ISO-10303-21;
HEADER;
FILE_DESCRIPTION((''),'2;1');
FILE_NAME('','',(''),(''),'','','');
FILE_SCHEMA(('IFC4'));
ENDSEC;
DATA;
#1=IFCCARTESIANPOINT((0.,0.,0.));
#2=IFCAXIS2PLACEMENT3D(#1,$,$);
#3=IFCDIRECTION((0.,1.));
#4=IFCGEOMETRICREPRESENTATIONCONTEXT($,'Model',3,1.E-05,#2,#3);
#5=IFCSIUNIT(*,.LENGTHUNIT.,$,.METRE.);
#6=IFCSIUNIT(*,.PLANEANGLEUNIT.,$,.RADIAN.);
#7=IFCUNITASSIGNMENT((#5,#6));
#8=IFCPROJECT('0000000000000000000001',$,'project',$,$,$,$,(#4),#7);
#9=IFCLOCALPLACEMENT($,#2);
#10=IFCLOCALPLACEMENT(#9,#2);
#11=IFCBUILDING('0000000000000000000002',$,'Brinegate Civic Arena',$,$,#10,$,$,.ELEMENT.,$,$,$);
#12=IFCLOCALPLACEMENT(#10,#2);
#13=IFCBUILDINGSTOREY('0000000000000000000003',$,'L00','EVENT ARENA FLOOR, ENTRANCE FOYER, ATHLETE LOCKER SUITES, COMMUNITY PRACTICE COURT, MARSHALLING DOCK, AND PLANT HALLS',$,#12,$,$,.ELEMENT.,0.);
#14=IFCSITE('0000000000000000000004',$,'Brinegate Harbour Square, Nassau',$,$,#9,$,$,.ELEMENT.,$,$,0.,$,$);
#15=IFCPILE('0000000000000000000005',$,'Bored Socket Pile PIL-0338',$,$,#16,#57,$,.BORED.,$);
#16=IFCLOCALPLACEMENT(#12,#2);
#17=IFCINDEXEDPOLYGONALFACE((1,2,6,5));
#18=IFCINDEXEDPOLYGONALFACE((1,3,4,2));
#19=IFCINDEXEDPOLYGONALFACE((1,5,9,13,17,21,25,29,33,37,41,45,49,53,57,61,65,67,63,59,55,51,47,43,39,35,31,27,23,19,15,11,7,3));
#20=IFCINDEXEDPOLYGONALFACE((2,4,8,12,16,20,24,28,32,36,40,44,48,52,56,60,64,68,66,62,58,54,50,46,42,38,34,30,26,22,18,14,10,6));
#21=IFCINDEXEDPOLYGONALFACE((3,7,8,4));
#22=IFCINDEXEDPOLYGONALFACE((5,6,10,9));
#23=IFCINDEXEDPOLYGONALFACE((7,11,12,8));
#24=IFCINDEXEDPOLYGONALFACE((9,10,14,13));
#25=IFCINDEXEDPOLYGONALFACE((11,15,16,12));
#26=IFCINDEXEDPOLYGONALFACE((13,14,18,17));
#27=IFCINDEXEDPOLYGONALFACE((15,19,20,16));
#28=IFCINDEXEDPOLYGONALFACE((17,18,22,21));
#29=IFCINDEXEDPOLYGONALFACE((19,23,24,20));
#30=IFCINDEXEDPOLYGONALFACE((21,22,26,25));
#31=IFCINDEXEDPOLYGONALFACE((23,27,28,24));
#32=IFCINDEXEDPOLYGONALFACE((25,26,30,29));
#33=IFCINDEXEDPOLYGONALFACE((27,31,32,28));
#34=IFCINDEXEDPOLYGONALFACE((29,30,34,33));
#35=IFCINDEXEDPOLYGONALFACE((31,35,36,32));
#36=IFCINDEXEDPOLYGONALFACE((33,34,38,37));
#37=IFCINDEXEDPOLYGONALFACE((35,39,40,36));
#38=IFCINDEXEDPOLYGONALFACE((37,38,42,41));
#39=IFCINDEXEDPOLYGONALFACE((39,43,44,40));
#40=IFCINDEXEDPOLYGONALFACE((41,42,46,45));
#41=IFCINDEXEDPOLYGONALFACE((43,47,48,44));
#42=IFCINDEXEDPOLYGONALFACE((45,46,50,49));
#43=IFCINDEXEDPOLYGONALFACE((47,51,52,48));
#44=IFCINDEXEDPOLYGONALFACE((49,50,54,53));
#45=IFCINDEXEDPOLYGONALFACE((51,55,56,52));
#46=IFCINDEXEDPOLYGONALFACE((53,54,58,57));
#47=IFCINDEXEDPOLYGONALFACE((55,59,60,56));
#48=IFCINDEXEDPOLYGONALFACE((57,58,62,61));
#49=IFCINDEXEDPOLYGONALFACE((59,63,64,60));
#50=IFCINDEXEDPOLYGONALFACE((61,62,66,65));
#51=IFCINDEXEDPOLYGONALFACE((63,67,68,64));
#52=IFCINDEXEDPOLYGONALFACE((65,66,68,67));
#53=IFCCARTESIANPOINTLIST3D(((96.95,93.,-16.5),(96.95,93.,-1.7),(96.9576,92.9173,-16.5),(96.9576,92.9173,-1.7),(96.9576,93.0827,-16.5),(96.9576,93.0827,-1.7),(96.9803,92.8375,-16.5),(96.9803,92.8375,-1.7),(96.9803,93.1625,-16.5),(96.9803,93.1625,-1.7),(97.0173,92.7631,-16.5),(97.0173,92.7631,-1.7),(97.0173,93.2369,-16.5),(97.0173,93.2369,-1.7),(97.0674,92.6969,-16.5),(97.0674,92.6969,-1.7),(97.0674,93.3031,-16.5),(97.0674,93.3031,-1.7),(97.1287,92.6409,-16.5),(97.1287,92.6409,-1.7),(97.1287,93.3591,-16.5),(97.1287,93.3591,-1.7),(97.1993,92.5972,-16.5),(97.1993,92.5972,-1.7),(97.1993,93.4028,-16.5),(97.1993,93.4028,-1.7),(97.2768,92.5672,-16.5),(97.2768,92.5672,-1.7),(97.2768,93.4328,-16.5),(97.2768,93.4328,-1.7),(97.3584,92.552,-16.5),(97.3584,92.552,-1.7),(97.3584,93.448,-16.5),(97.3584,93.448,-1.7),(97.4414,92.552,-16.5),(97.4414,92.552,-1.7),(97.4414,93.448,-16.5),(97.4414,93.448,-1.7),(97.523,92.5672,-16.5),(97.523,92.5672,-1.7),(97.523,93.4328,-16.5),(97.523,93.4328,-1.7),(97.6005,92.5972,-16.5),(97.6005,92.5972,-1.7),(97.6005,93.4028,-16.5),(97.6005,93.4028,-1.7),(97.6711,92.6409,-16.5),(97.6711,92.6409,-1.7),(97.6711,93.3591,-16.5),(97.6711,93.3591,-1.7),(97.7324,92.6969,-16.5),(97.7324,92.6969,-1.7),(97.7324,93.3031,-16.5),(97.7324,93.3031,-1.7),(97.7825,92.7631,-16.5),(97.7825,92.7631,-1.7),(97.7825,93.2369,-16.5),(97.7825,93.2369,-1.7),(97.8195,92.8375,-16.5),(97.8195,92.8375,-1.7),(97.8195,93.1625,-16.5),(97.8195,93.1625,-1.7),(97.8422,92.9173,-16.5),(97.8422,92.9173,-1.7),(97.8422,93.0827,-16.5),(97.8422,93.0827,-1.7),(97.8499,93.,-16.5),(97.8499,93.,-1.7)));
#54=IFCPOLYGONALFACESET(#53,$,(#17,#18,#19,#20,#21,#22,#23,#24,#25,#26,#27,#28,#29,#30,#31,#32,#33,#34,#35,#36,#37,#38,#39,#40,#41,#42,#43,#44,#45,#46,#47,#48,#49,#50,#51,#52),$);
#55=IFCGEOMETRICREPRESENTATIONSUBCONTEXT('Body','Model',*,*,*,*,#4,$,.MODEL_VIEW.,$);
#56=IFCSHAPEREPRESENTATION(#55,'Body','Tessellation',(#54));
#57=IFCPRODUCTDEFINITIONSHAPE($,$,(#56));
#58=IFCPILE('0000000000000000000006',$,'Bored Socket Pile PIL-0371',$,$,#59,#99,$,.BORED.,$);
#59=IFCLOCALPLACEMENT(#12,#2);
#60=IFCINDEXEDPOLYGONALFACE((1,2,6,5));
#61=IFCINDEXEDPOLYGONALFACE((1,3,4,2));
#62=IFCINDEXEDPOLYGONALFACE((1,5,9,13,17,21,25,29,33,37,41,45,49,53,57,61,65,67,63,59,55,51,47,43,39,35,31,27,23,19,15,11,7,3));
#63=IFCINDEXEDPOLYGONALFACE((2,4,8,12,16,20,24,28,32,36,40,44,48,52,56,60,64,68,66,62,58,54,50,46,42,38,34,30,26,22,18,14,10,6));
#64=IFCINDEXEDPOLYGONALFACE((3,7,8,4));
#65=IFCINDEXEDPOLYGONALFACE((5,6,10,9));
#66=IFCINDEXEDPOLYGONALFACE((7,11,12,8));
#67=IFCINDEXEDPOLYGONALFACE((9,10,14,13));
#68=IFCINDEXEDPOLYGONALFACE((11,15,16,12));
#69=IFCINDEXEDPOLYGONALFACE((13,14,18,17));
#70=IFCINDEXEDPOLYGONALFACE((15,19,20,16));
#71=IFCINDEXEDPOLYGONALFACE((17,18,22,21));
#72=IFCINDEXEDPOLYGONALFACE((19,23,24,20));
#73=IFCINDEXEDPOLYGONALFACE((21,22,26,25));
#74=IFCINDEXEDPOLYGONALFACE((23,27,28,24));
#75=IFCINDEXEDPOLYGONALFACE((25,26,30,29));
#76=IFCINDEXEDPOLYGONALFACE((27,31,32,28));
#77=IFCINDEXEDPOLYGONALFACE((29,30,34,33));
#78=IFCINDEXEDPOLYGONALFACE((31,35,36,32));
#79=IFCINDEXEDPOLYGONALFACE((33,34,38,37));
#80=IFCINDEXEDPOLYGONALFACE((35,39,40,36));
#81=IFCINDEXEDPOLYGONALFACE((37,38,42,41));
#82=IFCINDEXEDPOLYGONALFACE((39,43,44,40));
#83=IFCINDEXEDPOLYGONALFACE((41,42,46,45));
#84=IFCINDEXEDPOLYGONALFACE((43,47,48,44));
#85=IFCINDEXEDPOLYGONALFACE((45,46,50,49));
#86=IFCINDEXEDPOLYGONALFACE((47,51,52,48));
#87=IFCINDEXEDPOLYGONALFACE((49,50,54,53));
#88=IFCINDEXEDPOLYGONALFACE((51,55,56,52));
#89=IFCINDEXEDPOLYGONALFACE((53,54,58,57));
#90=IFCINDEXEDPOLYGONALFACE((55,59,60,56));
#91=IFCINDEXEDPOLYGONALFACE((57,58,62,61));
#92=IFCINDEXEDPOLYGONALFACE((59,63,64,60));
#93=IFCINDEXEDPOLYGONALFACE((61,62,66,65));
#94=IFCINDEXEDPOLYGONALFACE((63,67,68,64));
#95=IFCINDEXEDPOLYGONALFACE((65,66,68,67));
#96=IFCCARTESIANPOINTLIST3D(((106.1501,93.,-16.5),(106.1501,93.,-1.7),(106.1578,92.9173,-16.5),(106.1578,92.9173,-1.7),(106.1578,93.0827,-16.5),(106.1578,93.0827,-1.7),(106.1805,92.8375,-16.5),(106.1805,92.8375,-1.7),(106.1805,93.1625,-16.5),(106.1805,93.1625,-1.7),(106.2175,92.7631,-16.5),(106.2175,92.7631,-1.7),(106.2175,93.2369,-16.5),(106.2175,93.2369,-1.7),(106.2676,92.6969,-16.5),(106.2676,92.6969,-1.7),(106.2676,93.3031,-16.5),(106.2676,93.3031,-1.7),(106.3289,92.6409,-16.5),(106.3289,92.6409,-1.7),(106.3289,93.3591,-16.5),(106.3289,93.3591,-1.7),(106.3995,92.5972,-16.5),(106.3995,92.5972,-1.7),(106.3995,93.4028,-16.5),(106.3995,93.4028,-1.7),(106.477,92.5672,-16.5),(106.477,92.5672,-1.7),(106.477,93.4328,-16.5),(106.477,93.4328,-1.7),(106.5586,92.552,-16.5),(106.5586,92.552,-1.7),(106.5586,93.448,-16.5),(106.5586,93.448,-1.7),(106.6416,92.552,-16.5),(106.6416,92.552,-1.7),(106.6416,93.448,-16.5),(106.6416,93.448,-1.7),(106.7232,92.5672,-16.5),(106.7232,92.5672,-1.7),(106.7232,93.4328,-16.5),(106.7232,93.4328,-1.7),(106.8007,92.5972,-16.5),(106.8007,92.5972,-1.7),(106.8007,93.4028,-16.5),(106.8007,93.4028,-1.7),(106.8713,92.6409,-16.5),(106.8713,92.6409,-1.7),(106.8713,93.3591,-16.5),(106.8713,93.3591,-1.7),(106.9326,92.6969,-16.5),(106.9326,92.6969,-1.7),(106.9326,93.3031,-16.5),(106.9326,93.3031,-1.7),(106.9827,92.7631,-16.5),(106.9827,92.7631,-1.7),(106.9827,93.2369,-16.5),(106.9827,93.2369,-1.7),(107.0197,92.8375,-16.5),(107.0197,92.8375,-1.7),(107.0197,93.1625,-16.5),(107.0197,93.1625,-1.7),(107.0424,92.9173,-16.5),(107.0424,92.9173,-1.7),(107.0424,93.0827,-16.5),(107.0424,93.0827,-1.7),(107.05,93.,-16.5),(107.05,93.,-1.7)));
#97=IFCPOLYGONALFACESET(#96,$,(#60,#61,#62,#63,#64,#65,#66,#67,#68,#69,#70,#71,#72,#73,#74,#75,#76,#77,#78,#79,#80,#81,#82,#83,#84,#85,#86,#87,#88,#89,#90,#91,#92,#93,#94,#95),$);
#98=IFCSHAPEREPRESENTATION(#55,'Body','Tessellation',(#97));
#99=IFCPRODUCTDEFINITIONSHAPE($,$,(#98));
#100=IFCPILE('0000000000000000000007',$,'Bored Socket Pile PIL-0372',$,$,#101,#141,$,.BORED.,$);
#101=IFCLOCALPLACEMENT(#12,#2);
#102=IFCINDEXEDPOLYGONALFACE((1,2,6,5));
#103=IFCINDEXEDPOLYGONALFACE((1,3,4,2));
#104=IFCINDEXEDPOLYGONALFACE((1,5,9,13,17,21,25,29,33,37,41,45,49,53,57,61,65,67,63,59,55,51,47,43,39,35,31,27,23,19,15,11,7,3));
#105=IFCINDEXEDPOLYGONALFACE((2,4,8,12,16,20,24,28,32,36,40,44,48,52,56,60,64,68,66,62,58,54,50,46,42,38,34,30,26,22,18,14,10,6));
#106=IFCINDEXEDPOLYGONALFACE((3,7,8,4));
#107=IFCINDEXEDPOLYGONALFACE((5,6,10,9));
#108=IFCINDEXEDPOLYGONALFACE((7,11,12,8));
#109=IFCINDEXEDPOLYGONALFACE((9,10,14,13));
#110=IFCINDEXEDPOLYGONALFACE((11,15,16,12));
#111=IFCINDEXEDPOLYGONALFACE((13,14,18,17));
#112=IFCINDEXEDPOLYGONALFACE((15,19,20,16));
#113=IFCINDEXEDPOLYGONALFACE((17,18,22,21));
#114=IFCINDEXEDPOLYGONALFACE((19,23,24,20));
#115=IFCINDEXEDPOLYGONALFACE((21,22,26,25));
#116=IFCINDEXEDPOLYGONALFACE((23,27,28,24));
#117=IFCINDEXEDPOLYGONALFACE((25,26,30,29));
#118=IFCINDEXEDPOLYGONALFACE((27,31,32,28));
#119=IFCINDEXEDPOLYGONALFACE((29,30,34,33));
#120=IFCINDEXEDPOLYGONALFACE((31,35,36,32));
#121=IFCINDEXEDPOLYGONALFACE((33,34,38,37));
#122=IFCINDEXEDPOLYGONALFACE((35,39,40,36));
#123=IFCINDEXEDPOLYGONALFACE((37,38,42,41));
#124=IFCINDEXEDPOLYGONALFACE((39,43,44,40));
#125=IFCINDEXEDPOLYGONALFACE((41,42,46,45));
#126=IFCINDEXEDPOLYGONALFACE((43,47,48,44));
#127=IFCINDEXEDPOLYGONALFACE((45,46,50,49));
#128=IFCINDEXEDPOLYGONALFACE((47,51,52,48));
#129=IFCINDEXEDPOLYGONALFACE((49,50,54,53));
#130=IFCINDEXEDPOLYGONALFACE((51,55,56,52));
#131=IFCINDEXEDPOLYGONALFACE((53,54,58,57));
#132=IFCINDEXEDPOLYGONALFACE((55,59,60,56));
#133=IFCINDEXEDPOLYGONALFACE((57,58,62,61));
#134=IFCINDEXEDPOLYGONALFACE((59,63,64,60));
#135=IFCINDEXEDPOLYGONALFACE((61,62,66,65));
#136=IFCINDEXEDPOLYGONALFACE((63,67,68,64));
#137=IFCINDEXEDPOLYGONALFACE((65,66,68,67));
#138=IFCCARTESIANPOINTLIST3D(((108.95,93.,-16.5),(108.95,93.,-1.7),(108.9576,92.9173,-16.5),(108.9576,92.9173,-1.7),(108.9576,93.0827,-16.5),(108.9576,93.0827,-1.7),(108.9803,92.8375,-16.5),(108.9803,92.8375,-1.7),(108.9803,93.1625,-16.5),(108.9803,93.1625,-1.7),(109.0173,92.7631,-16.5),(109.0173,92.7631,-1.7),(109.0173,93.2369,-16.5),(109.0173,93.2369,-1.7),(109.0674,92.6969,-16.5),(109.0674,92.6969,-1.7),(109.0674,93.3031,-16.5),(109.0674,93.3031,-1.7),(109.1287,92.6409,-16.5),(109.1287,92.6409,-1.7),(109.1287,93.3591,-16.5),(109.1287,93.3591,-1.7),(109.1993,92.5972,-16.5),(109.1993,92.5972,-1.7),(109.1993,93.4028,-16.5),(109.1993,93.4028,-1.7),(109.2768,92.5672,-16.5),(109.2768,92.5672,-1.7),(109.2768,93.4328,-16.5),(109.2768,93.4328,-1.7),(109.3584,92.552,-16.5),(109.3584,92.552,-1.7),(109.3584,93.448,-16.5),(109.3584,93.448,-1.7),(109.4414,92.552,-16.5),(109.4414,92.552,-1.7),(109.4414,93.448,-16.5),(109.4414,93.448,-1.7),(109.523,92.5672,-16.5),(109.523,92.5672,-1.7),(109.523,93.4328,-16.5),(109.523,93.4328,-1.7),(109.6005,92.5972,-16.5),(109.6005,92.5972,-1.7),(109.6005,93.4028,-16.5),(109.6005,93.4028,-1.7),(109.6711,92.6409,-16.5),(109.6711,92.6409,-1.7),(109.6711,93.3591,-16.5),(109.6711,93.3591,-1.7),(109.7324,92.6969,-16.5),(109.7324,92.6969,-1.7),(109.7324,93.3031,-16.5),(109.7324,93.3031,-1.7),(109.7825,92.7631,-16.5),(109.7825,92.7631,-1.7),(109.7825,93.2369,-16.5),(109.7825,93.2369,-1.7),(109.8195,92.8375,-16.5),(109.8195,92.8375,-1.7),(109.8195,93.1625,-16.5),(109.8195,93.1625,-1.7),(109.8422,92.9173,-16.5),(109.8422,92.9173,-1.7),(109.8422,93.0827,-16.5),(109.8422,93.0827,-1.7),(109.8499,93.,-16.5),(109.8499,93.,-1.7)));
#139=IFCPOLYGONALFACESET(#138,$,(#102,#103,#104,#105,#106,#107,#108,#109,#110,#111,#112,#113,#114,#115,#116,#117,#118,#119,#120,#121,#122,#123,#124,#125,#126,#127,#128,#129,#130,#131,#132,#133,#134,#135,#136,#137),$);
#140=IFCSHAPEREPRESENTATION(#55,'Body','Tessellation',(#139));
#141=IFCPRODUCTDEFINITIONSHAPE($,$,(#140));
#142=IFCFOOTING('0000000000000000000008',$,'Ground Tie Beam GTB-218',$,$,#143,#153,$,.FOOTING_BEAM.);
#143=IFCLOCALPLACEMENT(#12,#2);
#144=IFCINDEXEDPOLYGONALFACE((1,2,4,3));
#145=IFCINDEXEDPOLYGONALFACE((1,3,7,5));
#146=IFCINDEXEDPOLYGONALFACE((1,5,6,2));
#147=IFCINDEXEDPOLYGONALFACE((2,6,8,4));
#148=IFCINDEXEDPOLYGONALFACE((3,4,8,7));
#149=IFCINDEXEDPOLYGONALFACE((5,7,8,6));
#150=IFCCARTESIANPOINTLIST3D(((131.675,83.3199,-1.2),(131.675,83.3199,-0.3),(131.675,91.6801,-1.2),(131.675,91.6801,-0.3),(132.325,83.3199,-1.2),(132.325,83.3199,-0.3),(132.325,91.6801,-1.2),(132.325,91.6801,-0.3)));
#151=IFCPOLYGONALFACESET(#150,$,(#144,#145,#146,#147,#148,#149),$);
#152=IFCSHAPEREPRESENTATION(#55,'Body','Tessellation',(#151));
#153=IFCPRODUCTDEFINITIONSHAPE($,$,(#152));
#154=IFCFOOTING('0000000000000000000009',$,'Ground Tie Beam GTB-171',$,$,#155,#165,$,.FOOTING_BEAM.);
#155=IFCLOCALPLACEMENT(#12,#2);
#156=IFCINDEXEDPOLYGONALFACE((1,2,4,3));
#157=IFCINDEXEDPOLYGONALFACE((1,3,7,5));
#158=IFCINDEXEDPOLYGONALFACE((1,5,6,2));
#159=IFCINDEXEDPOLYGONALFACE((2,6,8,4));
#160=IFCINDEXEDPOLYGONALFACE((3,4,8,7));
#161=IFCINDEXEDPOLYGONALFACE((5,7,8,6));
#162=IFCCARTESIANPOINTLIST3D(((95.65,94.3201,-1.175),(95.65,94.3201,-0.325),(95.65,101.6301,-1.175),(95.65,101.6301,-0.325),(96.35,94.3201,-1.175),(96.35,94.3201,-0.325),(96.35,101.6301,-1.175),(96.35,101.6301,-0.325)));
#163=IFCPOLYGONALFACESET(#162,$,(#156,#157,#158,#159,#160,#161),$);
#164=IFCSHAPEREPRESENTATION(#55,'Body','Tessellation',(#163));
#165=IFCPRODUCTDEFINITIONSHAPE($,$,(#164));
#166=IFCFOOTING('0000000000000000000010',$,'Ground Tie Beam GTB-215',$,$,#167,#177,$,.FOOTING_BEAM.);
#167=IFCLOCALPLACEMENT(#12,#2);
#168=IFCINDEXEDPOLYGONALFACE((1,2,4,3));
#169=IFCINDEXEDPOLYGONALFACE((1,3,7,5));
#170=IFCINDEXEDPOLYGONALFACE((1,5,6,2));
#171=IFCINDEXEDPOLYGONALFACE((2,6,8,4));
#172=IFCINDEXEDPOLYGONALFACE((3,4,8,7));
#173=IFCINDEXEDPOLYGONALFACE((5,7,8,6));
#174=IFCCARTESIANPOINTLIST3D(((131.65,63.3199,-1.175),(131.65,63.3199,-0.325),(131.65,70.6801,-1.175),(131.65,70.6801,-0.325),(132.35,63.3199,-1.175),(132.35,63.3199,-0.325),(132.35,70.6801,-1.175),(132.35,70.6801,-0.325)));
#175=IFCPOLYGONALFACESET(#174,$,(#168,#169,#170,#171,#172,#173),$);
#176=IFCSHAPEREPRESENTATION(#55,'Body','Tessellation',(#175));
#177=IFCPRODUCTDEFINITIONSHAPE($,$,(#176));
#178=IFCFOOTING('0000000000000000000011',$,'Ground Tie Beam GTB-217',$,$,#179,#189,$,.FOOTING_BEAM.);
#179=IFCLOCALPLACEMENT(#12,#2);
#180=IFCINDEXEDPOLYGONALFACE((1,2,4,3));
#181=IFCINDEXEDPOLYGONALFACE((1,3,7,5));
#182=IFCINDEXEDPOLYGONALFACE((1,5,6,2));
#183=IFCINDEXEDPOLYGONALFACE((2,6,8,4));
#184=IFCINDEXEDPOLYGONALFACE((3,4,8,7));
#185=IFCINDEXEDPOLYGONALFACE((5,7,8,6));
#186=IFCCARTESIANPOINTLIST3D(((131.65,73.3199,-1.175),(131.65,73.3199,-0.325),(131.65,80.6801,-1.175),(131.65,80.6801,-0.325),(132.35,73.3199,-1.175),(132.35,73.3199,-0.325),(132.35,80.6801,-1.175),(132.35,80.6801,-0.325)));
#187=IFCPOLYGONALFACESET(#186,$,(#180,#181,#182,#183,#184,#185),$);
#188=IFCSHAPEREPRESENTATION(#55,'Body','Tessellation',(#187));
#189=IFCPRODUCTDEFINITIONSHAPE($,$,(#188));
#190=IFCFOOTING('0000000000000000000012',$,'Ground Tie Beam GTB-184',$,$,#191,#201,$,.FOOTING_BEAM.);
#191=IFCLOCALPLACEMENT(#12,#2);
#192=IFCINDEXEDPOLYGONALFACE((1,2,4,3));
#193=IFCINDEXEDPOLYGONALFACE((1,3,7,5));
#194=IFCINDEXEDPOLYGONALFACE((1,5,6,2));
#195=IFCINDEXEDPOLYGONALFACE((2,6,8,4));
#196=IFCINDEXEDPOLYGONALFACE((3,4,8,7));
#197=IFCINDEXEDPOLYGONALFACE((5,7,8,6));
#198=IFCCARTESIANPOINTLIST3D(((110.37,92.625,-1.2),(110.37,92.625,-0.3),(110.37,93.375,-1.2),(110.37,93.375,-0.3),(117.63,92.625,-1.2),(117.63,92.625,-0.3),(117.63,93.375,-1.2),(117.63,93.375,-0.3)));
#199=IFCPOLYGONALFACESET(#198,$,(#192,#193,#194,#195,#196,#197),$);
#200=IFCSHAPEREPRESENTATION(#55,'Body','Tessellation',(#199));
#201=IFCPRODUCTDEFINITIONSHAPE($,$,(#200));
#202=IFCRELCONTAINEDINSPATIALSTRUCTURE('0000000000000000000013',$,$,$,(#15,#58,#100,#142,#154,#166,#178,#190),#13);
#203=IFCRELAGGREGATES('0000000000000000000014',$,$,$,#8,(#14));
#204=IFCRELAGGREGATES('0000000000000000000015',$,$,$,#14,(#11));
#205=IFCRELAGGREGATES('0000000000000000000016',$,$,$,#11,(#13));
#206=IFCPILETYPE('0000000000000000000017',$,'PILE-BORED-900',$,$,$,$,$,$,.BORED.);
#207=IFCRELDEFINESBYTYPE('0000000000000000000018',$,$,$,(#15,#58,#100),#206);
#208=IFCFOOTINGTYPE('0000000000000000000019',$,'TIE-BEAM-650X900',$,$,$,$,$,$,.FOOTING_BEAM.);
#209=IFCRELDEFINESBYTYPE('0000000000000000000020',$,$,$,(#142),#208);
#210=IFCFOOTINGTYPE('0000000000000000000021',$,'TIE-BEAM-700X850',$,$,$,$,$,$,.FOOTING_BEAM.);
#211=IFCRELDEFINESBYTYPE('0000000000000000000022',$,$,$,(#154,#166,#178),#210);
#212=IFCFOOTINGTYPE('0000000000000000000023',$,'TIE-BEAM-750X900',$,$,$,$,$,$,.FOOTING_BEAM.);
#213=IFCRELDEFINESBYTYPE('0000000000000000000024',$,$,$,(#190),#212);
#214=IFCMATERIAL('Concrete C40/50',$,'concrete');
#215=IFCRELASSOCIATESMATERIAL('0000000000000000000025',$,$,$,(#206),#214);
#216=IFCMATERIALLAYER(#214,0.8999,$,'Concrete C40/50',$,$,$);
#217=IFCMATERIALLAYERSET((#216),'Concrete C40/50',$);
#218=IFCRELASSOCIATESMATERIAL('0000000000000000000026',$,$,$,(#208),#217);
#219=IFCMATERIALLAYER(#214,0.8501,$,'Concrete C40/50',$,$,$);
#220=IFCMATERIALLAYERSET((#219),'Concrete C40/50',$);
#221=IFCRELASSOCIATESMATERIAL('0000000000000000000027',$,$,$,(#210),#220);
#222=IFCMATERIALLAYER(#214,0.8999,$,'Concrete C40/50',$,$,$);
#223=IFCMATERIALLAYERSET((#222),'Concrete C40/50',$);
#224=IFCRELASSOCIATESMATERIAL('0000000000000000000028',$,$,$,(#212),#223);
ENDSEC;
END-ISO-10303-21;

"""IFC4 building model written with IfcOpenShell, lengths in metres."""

from ifc_helpers import new_model, si_unit, direction, frame, origin, origin_2d, place, context, subcontext, project, spatial, rectangle, circle, extrude, material, layer, layer_set, material_profile, profile_set, type_object, element, save


model = new_model("IFC4")

# Units and contexts
model_context = context("Model", 3, precision=1e-05, world=origin(), true_north=direction((0.0, 1.0)))
body_context = subcontext(model_context, "Body", "Model", "MODEL_VIEW")
ifc_project = project(units=[si_unit("LENGTHUNIT", "METRE"), si_unit("PLANEANGLEUNIT", "RADIAN")], contexts=[model_context])

# Site, building, storey
site_placement = place(None, origin())
site = spatial("IfcSite", under=ifc_project, at=site_placement, Name="Brinegate Harbour Square, Nassau", CompositionType="ELEMENT", RefElevation=0.0)
building_placement = place(site_placement, origin())
building = spatial("IfcBuilding", under=site, at=building_placement, Name="Brinegate Civic Arena", CompositionType="ELEMENT")
storey_placement = place(building_placement, origin())
storey = spatial("IfcBuildingStorey", under=building, at=storey_placement, Name="L00", Description="EVENT ARENA FLOOR, ENTRANCE FOYER, ATHLETE LOCKER SUITES, COMMUNITY PRACTICE COURT, MARSHALLING DOCK, AND PLANT HALLS", CompositionType="ELEMENT", Elevation=0.0)

# Shared definitions
ifc_material_1 = material(Name="Concrete C40/50", Category="concrete")

# Piles
ifc_material_profile_1 = material_profile(ifc_material_1, circle(Radius=0.45, at=origin_2d()), Name="PILED900")
ifc_profile_set_1 = profile_set([ifc_material_profile_1], Name="Concrete C40/50")
pile_type_1 = type_object("IfcPileType", Name="PILE-BORED-900", PredefinedType="BORED", material=ifc_profile_set_1)
for number, where, z_axis, x_axis, name in (
    (1, (97.3999, 93.0, -1.7), (0.0, 0.0, -1.0), (1.0, 0.0, 0.0), "Bored Socket Pile PIL-0338"),
    (2, (106.6001, 93.0, -1.7), (0.0, 0.0, -1.0), (1.0, 0.0, 0.0), "Bored Socket Pile PIL-0371"),
    (3, (109.3999, 93.0, -1.7), (0.0, 0.0, -1.0), (1.0, 0.0, 0.0), "Bored Socket Pile PIL-0372"),
):
    element("IfcPile", number, at=place(storey_placement, frame(where, z_axis=z_axis, x_axis=x_axis)), inside=storey, type_object=pile_type_1, Name=name, PredefinedType="BORED", context=body_context, shape_type="SweptSolid", body=[
        extrude(circle(Radius=0.45, at=origin_2d()), origin(), (0.0, 0.0, 1.0), 14.8),
    ])

# Footings
ifc_layer_1 = layer(ifc_material_1, 0.8999, Name="Concrete C40/50")
ifc_layer_set_1 = layer_set([ifc_layer_1], Name="Concrete C40/50")
footing_type_1 = type_object("IfcFootingType", Name="TIE-BEAM-650X900", PredefinedType="FOOTING_BEAM", material=ifc_layer_set_1)
footing_1_placement = place(storey_placement, frame((132.0, 87.5, -1.2), z_axis=(0.0, 0.0, 1.0), x_axis=(0.0, 1.0, 0.0)))
element("IfcFooting", 4, at=footing_1_placement, inside=storey, type_object=footing_type_1, Name="Ground Tie Beam GTB-218", PredefinedType="FOOTING_BEAM", context=body_context, shape_type="SweptSolid", body=[
    extrude(rectangle(XDim=8.3601, YDim=0.6499, at=origin_2d()), origin(), (0.0, 0.0, 1.0), 0.8999),
])
ifc_layer_2 = layer(ifc_material_1, 0.8501, Name="Concrete C40/50")
ifc_layer_set_2 = layer_set([ifc_layer_2], Name="Concrete C40/50")
footing_type_2 = type_object("IfcFootingType", Name="TIE-BEAM-700X850", PredefinedType="FOOTING_BEAM", material=ifc_layer_set_2)
footing_2_placement = place(storey_placement, frame((96.0, 97.9751, -1.175), z_axis=(0.0, 0.0, 1.0), x_axis=(0.0, 1.0, 0.0)))
element("IfcFooting", 5, at=footing_2_placement, inside=storey, type_object=footing_type_2, Name="Ground Tie Beam GTB-171", PredefinedType="FOOTING_BEAM", context=body_context, shape_type="SweptSolid", body=[
    extrude(rectangle(XDim=7.3101, YDim=0.7, at=origin_2d()), origin(), (0.0, 0.0, 1.0), 0.8501),
])
for number, where, z_axis, x_axis, name in (
    (6, (132.0, 67.0, -1.175), (0.0, 0.0, 1.0), (0.0, 1.0, 0.0), "Ground Tie Beam GTB-215"),
    (7, (132.0, 77.0, -1.175), (0.0, 0.0, 1.0), (0.0, 1.0, 0.0), "Ground Tie Beam GTB-217"),
):
    element("IfcFooting", number, at=place(storey_placement, frame(where, z_axis=z_axis, x_axis=x_axis)), inside=storey, type_object=footing_type_2, Name=name, PredefinedType="FOOTING_BEAM", context=body_context, shape_type="SweptSolid", body=[
        extrude(rectangle(XDim=7.3601, YDim=0.7, at=origin_2d()), origin(), (0.0, 0.0, 1.0), 0.8501),
    ])
ifc_layer_3 = layer(ifc_material_1, 0.8999, Name="Concrete C40/50")
ifc_layer_set_3 = layer_set([ifc_layer_3], Name="Concrete C40/50")
footing_type_3 = type_object("IfcFootingType", Name="TIE-BEAM-750X900", PredefinedType="FOOTING_BEAM", material=ifc_layer_set_3)
footing_3_placement = place(storey_placement, frame((114.0, 93.0, -1.2), z_axis=(0.0, 0.0, 1.0), x_axis=(1.0, 0.0, 0.0)))
element("IfcFooting", 8, at=footing_3_placement, inside=storey, type_object=footing_type_3, Name="Ground Tie Beam GTB-184", PredefinedType="FOOTING_BEAM", context=body_context, shape_type="SweptSolid", body=[
    extrude(rectangle(XDim=7.26, YDim=0.75, at=origin_2d()), origin(), (0.0, 0.0, 1.0), 0.8999),
])

save(model, "model.ifc")
